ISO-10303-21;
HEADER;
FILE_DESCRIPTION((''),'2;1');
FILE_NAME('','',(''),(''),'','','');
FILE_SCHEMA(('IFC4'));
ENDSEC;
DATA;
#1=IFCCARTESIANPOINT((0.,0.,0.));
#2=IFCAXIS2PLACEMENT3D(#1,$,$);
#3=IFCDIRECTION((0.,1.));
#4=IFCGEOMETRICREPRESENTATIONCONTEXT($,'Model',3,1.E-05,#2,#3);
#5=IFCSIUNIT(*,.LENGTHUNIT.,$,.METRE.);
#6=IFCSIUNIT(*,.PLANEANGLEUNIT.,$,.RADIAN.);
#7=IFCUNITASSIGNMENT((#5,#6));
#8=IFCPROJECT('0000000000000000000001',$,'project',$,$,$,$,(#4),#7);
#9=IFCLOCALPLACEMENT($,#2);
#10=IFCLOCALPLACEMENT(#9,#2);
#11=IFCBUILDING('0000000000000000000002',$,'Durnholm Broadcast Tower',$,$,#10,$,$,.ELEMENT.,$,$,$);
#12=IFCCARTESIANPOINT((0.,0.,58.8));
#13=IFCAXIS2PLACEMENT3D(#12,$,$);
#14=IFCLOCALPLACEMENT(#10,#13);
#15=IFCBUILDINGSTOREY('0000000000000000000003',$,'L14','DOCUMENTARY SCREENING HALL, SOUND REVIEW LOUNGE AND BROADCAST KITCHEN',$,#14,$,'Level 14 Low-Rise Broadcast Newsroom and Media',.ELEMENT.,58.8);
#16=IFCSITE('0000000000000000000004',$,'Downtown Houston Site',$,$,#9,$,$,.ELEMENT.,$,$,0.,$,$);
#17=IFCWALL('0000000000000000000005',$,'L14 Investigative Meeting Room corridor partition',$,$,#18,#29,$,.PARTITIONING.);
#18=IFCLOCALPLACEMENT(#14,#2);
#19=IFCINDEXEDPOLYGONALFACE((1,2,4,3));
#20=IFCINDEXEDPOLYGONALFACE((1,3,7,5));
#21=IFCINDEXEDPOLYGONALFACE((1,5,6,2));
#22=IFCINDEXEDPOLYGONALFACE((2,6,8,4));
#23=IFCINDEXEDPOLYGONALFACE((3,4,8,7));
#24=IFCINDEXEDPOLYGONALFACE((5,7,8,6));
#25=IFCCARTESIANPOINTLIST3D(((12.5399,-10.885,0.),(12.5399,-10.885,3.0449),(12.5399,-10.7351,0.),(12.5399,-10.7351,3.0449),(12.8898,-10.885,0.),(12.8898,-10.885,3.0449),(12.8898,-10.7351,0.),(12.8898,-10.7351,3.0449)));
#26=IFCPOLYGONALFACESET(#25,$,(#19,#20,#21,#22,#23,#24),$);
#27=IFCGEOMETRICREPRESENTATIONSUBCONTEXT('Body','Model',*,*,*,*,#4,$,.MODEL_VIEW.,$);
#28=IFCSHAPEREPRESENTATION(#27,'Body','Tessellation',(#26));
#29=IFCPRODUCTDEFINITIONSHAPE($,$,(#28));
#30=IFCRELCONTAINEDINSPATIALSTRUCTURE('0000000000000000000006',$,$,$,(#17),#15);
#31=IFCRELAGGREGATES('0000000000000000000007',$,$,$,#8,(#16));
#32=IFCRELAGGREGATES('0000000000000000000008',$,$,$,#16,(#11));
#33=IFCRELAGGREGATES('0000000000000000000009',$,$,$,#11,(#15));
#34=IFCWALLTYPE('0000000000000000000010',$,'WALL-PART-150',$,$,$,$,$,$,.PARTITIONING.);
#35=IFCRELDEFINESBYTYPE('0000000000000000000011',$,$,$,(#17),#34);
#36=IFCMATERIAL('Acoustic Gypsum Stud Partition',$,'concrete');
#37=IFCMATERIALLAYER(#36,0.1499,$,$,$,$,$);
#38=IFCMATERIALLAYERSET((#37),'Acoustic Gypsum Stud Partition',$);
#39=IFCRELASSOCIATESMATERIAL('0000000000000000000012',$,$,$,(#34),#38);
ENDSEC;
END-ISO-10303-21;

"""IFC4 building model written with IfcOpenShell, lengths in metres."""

from ifc_helpers import new_model, si_unit, direction, frame, frame_2d, origin, place, context, subcontext, project, spatial, rectangle, extrude, material, layer, layer_set, type_object, element, save


model = new_model("IFC4")

# Units and contexts
model_context = context("Model", 3, precision=1e-05, world=origin(), true_north=direction((0.0, 1.0)))
body_context = subcontext(model_context, "Body", "Model", "MODEL_VIEW")
ifc_project = project(units=[si_unit("LENGTHUNIT", "METRE"), si_unit("PLANEANGLEUNIT", "RADIAN")], contexts=[model_context])

# Site, building, storey
site_placement = place(None, origin())
site = spatial("IfcSite", under=ifc_project, at=site_placement, Name="Downtown Houston Site", CompositionType="ELEMENT", RefElevation=0.0)
building_placement = place(site_placement, origin())
building = spatial("IfcBuilding", under=site, at=building_placement, Name="Durnholm Broadcast Tower", CompositionType="ELEMENT")
storey_placement = place(building_placement, frame((0.0, 0.0, 58.8)))
storey = spatial("IfcBuildingStorey", under=building, at=storey_placement, Name="L14", Description="DOCUMENTARY SCREENING HALL, SOUND REVIEW LOUNGE AND BROADCAST KITCHEN", LongName="Level 14 Low-Rise Broadcast Newsroom and Media", CompositionType="ELEMENT", Elevation=58.8)

# Shared definitions
ifc_material_1 = material(Name="Acoustic Gypsum Stud Partition", Category="concrete")
ifc_layer_1 = layer(ifc_material_1, 0.1499)
ifc_layer_set_1 = layer_set([ifc_layer_1], Name="Acoustic Gypsum Stud Partition")
wall_type_1 = type_object("IfcWallType", Name="WALL-PART-150", PredefinedType="PARTITIONING", material=ifc_layer_set_1)

# Wall
wall_1_placement = place(storey_placement, frame((12.54, -10.8101, 0.0), z_axis=(0.0, 0.0, 1.0), x_axis=(1.0, 0.0, 0.0)))
element("IfcWall", 1, at=wall_1_placement, inside=storey, type_object=wall_type_1, Name="L14 Investigative Meeting Room corridor partition", PredefinedType="PARTITIONING", context=body_context, shape_type="SweptSolid", body=[
    extrude(rectangle(XDim=0.3499, YDim=0.1499, at=frame_2d((0.1748, 0.0))), origin(), (0.0, 0.0, 1.0), 3.0449),
])

save(model, "model.ifc")
